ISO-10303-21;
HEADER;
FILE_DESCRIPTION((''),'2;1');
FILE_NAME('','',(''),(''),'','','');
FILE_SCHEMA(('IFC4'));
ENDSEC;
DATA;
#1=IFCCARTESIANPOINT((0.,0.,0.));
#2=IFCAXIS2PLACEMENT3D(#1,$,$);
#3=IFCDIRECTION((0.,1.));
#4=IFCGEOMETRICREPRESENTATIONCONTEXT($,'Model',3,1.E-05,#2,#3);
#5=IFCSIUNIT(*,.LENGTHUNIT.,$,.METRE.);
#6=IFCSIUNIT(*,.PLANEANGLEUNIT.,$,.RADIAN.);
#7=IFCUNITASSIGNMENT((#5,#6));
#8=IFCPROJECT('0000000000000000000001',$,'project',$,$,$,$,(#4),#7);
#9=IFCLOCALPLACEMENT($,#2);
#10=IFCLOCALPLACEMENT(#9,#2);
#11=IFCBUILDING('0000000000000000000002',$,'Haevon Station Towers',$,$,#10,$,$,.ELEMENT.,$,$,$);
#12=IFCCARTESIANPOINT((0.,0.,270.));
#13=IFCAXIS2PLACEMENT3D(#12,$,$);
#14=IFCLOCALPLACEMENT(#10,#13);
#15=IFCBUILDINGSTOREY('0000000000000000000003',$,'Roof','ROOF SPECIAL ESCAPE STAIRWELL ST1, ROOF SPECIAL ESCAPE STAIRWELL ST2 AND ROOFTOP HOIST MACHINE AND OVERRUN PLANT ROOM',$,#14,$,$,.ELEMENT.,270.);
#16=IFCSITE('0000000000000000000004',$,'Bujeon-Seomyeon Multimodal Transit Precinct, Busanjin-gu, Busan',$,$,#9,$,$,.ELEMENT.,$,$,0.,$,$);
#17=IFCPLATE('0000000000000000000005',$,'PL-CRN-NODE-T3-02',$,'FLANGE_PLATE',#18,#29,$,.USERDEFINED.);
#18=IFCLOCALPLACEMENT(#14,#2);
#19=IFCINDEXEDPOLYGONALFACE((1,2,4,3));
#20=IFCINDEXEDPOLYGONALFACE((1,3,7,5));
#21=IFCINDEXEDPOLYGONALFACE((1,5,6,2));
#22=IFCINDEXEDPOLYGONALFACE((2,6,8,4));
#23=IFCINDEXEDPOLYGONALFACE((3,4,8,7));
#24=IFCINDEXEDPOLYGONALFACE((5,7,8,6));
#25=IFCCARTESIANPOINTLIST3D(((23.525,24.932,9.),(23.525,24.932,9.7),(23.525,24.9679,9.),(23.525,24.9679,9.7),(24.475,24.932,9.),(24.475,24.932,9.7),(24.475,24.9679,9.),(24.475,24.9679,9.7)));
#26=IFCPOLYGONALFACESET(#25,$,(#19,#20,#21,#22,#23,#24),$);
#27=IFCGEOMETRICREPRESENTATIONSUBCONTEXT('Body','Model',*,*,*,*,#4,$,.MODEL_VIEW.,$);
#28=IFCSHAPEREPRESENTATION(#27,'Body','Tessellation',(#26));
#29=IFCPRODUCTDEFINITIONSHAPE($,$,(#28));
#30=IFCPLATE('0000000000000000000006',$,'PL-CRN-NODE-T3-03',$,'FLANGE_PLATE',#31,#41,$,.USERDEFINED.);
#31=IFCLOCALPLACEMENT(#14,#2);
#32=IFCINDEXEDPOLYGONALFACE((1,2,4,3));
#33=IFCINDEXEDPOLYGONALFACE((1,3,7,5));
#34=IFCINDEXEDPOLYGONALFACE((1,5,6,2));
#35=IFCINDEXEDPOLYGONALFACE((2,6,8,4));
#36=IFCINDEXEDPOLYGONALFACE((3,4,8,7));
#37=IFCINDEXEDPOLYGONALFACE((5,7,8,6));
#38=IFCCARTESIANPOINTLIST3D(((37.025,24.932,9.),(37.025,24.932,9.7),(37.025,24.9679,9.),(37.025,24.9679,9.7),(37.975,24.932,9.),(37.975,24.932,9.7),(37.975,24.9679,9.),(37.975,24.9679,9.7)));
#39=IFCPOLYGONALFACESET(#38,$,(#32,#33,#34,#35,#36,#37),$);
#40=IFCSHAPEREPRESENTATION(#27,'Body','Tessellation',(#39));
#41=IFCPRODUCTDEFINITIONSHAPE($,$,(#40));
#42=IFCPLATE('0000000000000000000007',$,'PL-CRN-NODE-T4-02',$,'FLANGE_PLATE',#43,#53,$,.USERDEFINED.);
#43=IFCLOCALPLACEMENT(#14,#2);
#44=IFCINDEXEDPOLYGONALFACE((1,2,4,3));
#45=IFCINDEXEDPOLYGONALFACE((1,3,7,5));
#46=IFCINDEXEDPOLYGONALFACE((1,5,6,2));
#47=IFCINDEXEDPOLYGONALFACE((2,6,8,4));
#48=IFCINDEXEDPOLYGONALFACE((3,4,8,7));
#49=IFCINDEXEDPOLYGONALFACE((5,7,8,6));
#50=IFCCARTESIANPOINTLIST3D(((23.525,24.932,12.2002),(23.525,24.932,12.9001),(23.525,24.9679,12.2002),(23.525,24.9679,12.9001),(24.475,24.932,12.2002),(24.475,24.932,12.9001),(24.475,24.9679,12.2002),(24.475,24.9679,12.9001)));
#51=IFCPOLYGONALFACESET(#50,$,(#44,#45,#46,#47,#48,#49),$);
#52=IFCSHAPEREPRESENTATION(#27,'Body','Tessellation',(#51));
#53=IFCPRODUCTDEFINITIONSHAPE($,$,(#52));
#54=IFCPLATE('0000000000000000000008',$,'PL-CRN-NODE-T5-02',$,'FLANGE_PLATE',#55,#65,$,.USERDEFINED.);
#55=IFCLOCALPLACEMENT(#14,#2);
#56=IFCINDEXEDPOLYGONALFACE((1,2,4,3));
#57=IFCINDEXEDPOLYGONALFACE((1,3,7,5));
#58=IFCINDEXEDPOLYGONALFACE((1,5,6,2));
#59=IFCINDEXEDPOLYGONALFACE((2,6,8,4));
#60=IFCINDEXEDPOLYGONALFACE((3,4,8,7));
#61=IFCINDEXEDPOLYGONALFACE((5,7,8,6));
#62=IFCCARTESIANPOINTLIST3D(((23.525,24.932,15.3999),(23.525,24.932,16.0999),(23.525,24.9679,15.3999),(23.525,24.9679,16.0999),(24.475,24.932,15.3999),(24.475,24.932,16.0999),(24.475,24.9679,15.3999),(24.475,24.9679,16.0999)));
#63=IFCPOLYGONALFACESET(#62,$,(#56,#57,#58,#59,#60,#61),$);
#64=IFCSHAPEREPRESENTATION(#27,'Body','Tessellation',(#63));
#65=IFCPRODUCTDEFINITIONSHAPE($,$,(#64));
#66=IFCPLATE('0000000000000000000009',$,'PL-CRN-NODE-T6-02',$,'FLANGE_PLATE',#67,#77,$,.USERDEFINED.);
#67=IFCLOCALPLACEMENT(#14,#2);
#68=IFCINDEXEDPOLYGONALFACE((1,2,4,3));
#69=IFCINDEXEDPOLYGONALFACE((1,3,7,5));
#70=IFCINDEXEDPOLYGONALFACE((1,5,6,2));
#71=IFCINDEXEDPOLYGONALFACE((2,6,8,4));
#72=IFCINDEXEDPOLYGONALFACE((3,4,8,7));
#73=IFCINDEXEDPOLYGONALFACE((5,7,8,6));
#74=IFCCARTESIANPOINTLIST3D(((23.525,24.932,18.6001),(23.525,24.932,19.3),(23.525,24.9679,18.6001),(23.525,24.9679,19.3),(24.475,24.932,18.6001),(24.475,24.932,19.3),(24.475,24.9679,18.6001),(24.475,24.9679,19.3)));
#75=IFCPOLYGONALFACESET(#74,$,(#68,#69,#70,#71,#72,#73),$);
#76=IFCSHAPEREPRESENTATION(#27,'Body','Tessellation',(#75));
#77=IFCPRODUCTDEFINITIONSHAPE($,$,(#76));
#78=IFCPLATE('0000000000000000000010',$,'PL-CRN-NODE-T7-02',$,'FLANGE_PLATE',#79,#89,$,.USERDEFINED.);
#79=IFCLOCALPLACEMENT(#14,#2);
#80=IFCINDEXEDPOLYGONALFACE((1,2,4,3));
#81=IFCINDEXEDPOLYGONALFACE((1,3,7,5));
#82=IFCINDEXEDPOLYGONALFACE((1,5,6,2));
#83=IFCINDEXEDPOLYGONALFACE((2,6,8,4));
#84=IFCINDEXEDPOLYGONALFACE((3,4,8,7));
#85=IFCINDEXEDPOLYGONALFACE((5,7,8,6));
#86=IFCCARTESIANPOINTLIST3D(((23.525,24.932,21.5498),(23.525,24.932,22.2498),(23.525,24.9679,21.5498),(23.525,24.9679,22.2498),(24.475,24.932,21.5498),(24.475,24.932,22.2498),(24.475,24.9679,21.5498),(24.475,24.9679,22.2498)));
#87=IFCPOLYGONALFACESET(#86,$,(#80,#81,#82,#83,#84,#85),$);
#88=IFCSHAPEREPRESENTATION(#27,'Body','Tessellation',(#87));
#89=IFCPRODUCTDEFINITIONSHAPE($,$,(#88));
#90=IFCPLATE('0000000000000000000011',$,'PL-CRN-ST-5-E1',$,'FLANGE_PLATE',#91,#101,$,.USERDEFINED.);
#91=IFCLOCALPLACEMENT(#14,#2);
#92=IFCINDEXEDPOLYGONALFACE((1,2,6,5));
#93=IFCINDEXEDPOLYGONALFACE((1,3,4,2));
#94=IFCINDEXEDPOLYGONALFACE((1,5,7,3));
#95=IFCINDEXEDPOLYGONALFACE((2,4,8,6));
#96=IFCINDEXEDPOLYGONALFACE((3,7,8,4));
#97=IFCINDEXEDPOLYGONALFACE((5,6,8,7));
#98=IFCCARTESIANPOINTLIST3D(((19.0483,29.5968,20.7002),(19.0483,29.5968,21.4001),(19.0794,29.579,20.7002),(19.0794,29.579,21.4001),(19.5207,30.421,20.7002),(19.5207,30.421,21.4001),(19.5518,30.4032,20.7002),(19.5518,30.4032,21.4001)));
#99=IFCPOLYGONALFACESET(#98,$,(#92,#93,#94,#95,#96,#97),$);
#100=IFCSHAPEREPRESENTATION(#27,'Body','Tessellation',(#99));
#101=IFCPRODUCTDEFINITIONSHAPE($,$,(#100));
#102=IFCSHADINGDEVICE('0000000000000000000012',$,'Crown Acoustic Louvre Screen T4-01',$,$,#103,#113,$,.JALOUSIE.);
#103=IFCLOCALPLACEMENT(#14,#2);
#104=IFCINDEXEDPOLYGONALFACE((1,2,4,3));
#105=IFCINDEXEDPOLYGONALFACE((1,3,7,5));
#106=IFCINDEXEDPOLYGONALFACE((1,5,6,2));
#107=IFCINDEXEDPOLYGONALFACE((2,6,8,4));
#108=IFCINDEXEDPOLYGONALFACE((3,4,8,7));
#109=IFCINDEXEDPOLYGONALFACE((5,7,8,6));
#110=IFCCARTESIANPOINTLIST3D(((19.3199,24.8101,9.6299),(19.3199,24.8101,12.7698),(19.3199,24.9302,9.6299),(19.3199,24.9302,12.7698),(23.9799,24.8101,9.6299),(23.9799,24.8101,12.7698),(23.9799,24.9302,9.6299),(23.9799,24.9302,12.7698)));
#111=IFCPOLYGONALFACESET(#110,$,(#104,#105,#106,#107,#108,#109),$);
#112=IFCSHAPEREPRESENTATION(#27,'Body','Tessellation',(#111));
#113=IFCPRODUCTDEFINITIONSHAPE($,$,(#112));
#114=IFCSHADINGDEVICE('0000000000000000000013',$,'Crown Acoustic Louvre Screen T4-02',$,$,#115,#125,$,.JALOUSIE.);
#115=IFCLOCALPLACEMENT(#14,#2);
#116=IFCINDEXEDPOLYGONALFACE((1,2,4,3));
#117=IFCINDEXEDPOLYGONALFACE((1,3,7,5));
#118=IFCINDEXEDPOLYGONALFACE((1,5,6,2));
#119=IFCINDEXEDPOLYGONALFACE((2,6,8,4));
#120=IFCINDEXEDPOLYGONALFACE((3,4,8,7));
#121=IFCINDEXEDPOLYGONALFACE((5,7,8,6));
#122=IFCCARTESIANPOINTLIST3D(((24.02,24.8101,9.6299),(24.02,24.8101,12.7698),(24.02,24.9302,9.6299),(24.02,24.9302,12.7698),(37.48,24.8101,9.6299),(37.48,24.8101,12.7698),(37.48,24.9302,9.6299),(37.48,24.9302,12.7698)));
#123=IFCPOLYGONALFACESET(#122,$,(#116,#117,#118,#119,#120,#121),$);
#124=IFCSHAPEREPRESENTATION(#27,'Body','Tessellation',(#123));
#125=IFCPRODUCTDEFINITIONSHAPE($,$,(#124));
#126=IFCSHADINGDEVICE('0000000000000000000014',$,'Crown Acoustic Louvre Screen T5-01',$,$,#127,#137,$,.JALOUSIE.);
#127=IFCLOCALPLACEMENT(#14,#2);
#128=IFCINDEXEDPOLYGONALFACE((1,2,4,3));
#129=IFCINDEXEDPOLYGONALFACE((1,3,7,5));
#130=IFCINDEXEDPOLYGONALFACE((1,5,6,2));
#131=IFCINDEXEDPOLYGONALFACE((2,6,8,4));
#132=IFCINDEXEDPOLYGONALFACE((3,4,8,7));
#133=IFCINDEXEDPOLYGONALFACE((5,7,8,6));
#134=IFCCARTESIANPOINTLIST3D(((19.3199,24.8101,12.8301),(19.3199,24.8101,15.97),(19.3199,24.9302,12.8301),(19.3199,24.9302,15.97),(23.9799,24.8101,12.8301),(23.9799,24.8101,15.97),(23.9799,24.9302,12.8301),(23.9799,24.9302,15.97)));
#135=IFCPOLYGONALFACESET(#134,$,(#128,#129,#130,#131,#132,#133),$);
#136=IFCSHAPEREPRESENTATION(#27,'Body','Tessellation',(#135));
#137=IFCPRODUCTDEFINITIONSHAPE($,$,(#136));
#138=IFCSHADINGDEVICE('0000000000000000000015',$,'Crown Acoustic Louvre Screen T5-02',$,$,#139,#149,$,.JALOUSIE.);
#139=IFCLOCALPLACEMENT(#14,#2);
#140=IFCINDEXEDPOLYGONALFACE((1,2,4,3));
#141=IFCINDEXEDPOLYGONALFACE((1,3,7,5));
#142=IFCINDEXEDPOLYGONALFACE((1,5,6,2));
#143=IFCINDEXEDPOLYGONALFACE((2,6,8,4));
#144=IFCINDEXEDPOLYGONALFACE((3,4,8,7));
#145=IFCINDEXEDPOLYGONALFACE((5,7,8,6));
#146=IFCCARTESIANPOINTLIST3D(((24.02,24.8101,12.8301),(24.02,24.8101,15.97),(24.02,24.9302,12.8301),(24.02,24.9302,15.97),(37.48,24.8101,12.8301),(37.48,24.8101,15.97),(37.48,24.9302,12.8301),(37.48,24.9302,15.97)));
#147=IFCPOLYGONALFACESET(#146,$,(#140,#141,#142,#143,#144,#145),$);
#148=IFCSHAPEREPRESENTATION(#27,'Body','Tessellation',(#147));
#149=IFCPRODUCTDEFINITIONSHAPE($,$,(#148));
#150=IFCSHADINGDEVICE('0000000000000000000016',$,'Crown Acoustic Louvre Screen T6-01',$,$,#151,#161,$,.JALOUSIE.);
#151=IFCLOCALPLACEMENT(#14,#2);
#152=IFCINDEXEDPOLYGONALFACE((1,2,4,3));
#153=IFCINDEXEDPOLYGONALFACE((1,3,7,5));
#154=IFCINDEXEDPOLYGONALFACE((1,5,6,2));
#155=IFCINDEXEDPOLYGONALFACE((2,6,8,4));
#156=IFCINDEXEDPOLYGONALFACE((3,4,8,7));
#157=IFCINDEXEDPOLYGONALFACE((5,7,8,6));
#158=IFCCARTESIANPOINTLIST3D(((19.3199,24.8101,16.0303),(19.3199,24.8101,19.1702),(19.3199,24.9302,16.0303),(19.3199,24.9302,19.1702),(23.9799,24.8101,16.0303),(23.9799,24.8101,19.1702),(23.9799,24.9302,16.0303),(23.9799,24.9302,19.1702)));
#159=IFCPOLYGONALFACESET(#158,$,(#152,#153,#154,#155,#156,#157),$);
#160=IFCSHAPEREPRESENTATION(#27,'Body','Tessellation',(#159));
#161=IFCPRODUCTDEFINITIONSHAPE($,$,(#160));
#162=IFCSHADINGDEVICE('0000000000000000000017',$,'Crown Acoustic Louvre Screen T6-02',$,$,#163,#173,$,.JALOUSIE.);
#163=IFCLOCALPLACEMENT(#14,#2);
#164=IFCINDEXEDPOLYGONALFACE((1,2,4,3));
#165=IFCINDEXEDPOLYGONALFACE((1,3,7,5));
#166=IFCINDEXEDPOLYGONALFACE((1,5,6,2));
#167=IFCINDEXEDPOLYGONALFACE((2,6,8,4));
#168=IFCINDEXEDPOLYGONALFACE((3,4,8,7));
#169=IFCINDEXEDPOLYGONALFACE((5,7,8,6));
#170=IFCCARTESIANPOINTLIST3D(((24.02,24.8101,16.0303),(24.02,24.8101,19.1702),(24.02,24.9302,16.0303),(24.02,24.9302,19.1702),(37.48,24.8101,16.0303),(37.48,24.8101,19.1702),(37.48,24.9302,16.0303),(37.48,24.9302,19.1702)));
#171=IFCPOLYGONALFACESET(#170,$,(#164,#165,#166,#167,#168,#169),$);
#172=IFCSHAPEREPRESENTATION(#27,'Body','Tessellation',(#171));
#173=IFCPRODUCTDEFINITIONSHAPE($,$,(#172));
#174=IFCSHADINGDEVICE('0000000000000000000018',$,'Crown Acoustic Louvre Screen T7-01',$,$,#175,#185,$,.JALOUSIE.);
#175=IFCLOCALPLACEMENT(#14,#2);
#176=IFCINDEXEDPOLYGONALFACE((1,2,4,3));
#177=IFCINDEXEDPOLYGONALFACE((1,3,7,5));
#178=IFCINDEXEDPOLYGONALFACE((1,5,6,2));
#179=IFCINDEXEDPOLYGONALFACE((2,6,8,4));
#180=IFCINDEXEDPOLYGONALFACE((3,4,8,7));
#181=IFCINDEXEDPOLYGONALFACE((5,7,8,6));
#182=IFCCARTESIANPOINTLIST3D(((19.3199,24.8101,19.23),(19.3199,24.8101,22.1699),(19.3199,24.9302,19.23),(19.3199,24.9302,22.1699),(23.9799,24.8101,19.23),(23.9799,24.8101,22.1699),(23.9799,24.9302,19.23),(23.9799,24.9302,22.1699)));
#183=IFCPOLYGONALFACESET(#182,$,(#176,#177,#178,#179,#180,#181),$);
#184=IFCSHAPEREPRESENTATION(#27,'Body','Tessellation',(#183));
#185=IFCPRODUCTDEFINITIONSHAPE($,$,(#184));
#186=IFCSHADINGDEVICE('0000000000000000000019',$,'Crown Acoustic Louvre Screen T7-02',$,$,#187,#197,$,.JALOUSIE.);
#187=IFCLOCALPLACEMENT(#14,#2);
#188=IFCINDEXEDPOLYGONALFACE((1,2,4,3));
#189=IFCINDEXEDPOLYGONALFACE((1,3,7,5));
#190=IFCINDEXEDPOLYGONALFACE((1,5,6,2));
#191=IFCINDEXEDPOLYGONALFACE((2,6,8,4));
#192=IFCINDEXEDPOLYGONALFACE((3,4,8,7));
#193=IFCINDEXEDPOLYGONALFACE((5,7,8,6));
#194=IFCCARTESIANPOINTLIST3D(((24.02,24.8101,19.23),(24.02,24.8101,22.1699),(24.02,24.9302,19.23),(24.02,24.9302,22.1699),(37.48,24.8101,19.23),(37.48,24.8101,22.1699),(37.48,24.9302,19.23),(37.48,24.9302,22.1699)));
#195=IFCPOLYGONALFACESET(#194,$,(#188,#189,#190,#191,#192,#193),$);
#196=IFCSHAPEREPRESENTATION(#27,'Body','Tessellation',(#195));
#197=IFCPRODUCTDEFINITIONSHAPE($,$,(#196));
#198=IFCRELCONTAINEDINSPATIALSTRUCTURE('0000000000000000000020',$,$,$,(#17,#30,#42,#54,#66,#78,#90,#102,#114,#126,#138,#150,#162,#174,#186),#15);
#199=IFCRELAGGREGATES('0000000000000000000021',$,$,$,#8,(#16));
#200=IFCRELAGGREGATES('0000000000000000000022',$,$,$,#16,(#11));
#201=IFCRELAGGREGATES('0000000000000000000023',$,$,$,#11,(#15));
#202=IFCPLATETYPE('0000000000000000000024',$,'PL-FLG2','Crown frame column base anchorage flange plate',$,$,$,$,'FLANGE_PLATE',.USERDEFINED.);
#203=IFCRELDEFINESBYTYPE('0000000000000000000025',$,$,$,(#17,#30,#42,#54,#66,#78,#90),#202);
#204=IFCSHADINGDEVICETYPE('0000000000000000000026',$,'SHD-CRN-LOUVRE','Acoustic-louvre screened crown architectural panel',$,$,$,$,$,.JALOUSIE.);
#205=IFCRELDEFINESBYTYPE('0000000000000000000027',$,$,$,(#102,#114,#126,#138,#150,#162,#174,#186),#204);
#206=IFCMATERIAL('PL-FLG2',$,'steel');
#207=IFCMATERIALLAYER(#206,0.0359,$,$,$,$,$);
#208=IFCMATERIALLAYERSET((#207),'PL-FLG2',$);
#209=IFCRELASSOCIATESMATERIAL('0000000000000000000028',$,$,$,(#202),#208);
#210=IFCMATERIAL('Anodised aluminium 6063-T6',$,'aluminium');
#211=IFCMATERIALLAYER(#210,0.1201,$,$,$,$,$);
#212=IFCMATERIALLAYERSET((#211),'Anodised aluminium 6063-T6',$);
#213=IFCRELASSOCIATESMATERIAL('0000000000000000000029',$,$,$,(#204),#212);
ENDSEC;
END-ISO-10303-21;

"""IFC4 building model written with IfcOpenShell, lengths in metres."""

from ifc_helpers import new_model, si_unit, direction, frame, origin, origin_2d, place, context, subcontext, project, spatial, rectangle, extrude, material, layer, layer_set, type_object, element, save


model = new_model("IFC4")

# Units and contexts
model_context = context("Model", 3, precision=1e-05, world=origin(), true_north=direction((0.0, 1.0)))
body_context = subcontext(model_context, "Body", "Model", "MODEL_VIEW")
ifc_project = project(units=[si_unit("LENGTHUNIT", "METRE"), si_unit("PLANEANGLEUNIT", "RADIAN")], contexts=[model_context])

# Site, building, storey
site_placement = place(None, origin())
site = spatial("IfcSite", under=ifc_project, at=site_placement, Name="Bujeon-Seomyeon Multimodal Transit Precinct, Busanjin-gu, Busan", CompositionType="ELEMENT", RefElevation=0.0)
building_placement = place(site_placement, origin())
building = spatial("IfcBuilding", under=site, at=building_placement, Name="Haevon Station Towers", CompositionType="ELEMENT")
storey_placement = place(building_placement, frame((0.0, 0.0, 270.0)))
storey = spatial("IfcBuildingStorey", under=building, at=storey_placement, Name="Roof", Description="ROOF SPECIAL ESCAPE STAIRWELL ST1, ROOF SPECIAL ESCAPE STAIRWELL ST2 AND ROOFTOP HOIST MACHINE AND OVERRUN PLANT ROOM", CompositionType="ELEMENT", Elevation=270.0)

# Plates
ifc_material_1 = material(Name="Anodised aluminium 6063-T6", Category="aluminium")
ifc_material_2 = material(Name="PL-FLG2", Category="steel")
ifc_layer_1 = layer(ifc_material_2, 0.0359)
ifc_layer_set_1 = layer_set([ifc_layer_1], Name="PL-FLG2")
plate_type_1 = type_object("IfcPlateType", Name="PL-FLG2", Description="Crown frame column base anchorage flange plate", ElementType="FLANGE_PLATE", PredefinedType="USERDEFINED", material=ifc_layer_set_1)
for number, where, z_axis, x_axis, name in (
    (1, (24.0, 24.95, 9.0), (0.0, 0.0, 1.0), (1.0, 0.0, 0.0), "PL-CRN-NODE-T3-02"),
    (2, (37.5, 24.95, 9.0), (0.0, 0.0, 1.0), (1.0, 0.0, 0.0), "PL-CRN-NODE-T3-03"),
    (3, (24.0, 24.95, 12.2002), (0.0, 0.0, 1.0), (1.0, 0.0, 0.0), "PL-CRN-NODE-T4-02"),
    (4, (24.0, 24.95, 15.3999), (0.0, 0.0, 1.0), (1.0, 0.0, 0.0), "PL-CRN-NODE-T5-02"),
    (5, (24.0, 24.95, 18.6001), (0.0, 0.0, 1.0), (1.0, 0.0, 0.0), "PL-CRN-NODE-T6-02"),
    (6, (24.0, 24.95, 21.5498), (0.0, 0.0, 1.0), (1.0, 0.0, 0.0), "PL-CRN-NODE-T7-02"),
    (7, (19.3, 30.0, 20.7002), (0.0, 0.0, 1.0), (0.497278, 0.867591, 0.0), "PL-CRN-ST-5-E1"),
):
    element("IfcPlate", number, at=place(storey_placement, frame(where, z_axis=z_axis, x_axis=x_axis)), inside=storey, type_object=plate_type_1, Name=name, ObjectType="FLANGE_PLATE", PredefinedType="USERDEFINED", context=body_context, shape_type="SweptSolid", body=[
        extrude(rectangle(XDim=0.95, YDim=0.0359, at=origin_2d()), origin(), (0.0, 0.0, 1.0), 0.7),
    ])

# Shading devices
ifc_layer_2 = layer(ifc_material_1, 0.1201)
ifc_layer_set_2 = layer_set([ifc_layer_2], Name="Anodised aluminium 6063-T6")
shading_device_type = type_object("IfcShadingDeviceType", Name="SHD-CRN-LOUVRE", Description="Acoustic-louvre screened crown architectural panel", PredefinedType="JALOUSIE", material=ifc_layer_set_2)
shading_device_1_placement = place(storey_placement, frame((21.6499, 24.8701, 9.6299), z_axis=(0.0, 0.0, 1.0), x_axis=(1.0, 0.0, 0.0)))
element("IfcShadingDevice", 8, at=shading_device_1_placement, inside=storey, type_object=shading_device_type, Name="Crown Acoustic Louvre Screen T4-01", PredefinedType="JALOUSIE", context=body_context, shape_type="SweptSolid", body=[
    extrude(rectangle(XDim=4.6599, YDim=0.1201, at=origin_2d()), origin(), (0.0, 0.0, 1.0), 3.1399),
])
shading_device_2_placement = place(storey_placement, frame((30.75, 24.8701, 9.6299), z_axis=(0.0, 0.0, 1.0), x_axis=(1.0, 0.0, 0.0)))
element("IfcShadingDevice", 9, at=shading_device_2_placement, inside=storey, type_object=shading_device_type, Name="Crown Acoustic Louvre Screen T4-02", PredefinedType="JALOUSIE", context=body_context, shape_type="SweptSolid", body=[
    extrude(rectangle(XDim=13.46, YDim=0.1201, at=origin_2d()), origin(), (0.0, 0.0, 1.0), 3.1399),
])
shading_device_3_placement = place(storey_placement, frame((21.6499, 24.8701, 12.8301), z_axis=(0.0, 0.0, 1.0), x_axis=(1.0, 0.0, 0.0)))
element("IfcShadingDevice", 10, at=shading_device_3_placement, inside=storey, type_object=shading_device_type, Name="Crown Acoustic Louvre Screen T5-01", PredefinedType="JALOUSIE", context=body_context, shape_type="SweptSolid", body=[
    extrude(rectangle(XDim=4.6599, YDim=0.1201, at=origin_2d()), origin(), (0.0, 0.0, 1.0), 3.1399),
])
shading_device_4_placement = place(storey_placement, frame((30.75, 24.8701, 12.8301), z_axis=(0.0, 0.0, 1.0), x_axis=(1.0, 0.0, 0.0)))
element("IfcShadingDevice", 11, at=shading_device_4_placement, inside=storey, type_object=shading_device_type, Name="Crown Acoustic Louvre Screen T5-02", PredefinedType="JALOUSIE", context=body_context, shape_type="SweptSolid", body=[
    extrude(rectangle(XDim=13.46, YDim=0.1201, at=origin_2d()), origin(), (0.0, 0.0, 1.0), 3.1399),
])
shading_device_5_placement = place(storey_placement, frame((21.6499, 24.8701, 16.0303), z_axis=(0.0, 0.0, 1.0), x_axis=(1.0, 0.0, 0.0)))
element("IfcShadingDevice", 12, at=shading_device_5_placement, inside=storey, type_object=shading_device_type, Name="Crown Acoustic Louvre Screen T6-01", PredefinedType="JALOUSIE", context=body_context, shape_type="SweptSolid", body=[
    extrude(rectangle(XDim=4.6599, YDim=0.1201, at=origin_2d()), origin(), (0.0, 0.0, 1.0), 3.1399),
])
shading_device_6_placement = place(storey_placement, frame((30.75, 24.8701, 16.0303), z_axis=(0.0, 0.0, 1.0), x_axis=(1.0, 0.0, 0.0)))
element("IfcShadingDevice", 13, at=shading_device_6_placement, inside=storey, type_object=shading_device_type, Name="Crown Acoustic Louvre Screen T6-02", PredefinedType="JALOUSIE", context=body_context, shape_type="SweptSolid", body=[
    extrude(rectangle(XDim=13.46, YDim=0.1201, at=origin_2d()), origin(), (0.0, 0.0, 1.0), 3.1399),
])
shading_device_7_placement = place(storey_placement, frame((21.6499, 24.8701, 19.23), z_axis=(0.0, 0.0, 1.0), x_axis=(1.0, 0.0, 0.0)))
element("IfcShadingDevice", 14, at=shading_device_7_placement, inside=storey, type_object=shading_device_type, Name="Crown Acoustic Louvre Screen T7-01", PredefinedType="JALOUSIE", context=body_context, shape_type="SweptSolid", body=[
    extrude(rectangle(XDim=4.6599, YDim=0.1201, at=origin_2d()), origin(), (0.0, 0.0, 1.0), 2.9399),
])
shading_device_8_placement = place(storey_placement, frame((30.75, 24.8701, 19.23), z_axis=(0.0, 0.0, 1.0), x_axis=(1.0, 0.0, 0.0)))
element("IfcShadingDevice", 15, at=shading_device_8_placement, inside=storey, type_object=shading_device_type, Name="Crown Acoustic Louvre Screen T7-02", PredefinedType="JALOUSIE", context=body_context, shape_type="SweptSolid", body=[
    extrude(rectangle(XDim=13.46, YDim=0.1201, at=origin_2d()), origin(), (0.0, 0.0, 1.0), 2.9399),
])

save(model, "model.ifc")
